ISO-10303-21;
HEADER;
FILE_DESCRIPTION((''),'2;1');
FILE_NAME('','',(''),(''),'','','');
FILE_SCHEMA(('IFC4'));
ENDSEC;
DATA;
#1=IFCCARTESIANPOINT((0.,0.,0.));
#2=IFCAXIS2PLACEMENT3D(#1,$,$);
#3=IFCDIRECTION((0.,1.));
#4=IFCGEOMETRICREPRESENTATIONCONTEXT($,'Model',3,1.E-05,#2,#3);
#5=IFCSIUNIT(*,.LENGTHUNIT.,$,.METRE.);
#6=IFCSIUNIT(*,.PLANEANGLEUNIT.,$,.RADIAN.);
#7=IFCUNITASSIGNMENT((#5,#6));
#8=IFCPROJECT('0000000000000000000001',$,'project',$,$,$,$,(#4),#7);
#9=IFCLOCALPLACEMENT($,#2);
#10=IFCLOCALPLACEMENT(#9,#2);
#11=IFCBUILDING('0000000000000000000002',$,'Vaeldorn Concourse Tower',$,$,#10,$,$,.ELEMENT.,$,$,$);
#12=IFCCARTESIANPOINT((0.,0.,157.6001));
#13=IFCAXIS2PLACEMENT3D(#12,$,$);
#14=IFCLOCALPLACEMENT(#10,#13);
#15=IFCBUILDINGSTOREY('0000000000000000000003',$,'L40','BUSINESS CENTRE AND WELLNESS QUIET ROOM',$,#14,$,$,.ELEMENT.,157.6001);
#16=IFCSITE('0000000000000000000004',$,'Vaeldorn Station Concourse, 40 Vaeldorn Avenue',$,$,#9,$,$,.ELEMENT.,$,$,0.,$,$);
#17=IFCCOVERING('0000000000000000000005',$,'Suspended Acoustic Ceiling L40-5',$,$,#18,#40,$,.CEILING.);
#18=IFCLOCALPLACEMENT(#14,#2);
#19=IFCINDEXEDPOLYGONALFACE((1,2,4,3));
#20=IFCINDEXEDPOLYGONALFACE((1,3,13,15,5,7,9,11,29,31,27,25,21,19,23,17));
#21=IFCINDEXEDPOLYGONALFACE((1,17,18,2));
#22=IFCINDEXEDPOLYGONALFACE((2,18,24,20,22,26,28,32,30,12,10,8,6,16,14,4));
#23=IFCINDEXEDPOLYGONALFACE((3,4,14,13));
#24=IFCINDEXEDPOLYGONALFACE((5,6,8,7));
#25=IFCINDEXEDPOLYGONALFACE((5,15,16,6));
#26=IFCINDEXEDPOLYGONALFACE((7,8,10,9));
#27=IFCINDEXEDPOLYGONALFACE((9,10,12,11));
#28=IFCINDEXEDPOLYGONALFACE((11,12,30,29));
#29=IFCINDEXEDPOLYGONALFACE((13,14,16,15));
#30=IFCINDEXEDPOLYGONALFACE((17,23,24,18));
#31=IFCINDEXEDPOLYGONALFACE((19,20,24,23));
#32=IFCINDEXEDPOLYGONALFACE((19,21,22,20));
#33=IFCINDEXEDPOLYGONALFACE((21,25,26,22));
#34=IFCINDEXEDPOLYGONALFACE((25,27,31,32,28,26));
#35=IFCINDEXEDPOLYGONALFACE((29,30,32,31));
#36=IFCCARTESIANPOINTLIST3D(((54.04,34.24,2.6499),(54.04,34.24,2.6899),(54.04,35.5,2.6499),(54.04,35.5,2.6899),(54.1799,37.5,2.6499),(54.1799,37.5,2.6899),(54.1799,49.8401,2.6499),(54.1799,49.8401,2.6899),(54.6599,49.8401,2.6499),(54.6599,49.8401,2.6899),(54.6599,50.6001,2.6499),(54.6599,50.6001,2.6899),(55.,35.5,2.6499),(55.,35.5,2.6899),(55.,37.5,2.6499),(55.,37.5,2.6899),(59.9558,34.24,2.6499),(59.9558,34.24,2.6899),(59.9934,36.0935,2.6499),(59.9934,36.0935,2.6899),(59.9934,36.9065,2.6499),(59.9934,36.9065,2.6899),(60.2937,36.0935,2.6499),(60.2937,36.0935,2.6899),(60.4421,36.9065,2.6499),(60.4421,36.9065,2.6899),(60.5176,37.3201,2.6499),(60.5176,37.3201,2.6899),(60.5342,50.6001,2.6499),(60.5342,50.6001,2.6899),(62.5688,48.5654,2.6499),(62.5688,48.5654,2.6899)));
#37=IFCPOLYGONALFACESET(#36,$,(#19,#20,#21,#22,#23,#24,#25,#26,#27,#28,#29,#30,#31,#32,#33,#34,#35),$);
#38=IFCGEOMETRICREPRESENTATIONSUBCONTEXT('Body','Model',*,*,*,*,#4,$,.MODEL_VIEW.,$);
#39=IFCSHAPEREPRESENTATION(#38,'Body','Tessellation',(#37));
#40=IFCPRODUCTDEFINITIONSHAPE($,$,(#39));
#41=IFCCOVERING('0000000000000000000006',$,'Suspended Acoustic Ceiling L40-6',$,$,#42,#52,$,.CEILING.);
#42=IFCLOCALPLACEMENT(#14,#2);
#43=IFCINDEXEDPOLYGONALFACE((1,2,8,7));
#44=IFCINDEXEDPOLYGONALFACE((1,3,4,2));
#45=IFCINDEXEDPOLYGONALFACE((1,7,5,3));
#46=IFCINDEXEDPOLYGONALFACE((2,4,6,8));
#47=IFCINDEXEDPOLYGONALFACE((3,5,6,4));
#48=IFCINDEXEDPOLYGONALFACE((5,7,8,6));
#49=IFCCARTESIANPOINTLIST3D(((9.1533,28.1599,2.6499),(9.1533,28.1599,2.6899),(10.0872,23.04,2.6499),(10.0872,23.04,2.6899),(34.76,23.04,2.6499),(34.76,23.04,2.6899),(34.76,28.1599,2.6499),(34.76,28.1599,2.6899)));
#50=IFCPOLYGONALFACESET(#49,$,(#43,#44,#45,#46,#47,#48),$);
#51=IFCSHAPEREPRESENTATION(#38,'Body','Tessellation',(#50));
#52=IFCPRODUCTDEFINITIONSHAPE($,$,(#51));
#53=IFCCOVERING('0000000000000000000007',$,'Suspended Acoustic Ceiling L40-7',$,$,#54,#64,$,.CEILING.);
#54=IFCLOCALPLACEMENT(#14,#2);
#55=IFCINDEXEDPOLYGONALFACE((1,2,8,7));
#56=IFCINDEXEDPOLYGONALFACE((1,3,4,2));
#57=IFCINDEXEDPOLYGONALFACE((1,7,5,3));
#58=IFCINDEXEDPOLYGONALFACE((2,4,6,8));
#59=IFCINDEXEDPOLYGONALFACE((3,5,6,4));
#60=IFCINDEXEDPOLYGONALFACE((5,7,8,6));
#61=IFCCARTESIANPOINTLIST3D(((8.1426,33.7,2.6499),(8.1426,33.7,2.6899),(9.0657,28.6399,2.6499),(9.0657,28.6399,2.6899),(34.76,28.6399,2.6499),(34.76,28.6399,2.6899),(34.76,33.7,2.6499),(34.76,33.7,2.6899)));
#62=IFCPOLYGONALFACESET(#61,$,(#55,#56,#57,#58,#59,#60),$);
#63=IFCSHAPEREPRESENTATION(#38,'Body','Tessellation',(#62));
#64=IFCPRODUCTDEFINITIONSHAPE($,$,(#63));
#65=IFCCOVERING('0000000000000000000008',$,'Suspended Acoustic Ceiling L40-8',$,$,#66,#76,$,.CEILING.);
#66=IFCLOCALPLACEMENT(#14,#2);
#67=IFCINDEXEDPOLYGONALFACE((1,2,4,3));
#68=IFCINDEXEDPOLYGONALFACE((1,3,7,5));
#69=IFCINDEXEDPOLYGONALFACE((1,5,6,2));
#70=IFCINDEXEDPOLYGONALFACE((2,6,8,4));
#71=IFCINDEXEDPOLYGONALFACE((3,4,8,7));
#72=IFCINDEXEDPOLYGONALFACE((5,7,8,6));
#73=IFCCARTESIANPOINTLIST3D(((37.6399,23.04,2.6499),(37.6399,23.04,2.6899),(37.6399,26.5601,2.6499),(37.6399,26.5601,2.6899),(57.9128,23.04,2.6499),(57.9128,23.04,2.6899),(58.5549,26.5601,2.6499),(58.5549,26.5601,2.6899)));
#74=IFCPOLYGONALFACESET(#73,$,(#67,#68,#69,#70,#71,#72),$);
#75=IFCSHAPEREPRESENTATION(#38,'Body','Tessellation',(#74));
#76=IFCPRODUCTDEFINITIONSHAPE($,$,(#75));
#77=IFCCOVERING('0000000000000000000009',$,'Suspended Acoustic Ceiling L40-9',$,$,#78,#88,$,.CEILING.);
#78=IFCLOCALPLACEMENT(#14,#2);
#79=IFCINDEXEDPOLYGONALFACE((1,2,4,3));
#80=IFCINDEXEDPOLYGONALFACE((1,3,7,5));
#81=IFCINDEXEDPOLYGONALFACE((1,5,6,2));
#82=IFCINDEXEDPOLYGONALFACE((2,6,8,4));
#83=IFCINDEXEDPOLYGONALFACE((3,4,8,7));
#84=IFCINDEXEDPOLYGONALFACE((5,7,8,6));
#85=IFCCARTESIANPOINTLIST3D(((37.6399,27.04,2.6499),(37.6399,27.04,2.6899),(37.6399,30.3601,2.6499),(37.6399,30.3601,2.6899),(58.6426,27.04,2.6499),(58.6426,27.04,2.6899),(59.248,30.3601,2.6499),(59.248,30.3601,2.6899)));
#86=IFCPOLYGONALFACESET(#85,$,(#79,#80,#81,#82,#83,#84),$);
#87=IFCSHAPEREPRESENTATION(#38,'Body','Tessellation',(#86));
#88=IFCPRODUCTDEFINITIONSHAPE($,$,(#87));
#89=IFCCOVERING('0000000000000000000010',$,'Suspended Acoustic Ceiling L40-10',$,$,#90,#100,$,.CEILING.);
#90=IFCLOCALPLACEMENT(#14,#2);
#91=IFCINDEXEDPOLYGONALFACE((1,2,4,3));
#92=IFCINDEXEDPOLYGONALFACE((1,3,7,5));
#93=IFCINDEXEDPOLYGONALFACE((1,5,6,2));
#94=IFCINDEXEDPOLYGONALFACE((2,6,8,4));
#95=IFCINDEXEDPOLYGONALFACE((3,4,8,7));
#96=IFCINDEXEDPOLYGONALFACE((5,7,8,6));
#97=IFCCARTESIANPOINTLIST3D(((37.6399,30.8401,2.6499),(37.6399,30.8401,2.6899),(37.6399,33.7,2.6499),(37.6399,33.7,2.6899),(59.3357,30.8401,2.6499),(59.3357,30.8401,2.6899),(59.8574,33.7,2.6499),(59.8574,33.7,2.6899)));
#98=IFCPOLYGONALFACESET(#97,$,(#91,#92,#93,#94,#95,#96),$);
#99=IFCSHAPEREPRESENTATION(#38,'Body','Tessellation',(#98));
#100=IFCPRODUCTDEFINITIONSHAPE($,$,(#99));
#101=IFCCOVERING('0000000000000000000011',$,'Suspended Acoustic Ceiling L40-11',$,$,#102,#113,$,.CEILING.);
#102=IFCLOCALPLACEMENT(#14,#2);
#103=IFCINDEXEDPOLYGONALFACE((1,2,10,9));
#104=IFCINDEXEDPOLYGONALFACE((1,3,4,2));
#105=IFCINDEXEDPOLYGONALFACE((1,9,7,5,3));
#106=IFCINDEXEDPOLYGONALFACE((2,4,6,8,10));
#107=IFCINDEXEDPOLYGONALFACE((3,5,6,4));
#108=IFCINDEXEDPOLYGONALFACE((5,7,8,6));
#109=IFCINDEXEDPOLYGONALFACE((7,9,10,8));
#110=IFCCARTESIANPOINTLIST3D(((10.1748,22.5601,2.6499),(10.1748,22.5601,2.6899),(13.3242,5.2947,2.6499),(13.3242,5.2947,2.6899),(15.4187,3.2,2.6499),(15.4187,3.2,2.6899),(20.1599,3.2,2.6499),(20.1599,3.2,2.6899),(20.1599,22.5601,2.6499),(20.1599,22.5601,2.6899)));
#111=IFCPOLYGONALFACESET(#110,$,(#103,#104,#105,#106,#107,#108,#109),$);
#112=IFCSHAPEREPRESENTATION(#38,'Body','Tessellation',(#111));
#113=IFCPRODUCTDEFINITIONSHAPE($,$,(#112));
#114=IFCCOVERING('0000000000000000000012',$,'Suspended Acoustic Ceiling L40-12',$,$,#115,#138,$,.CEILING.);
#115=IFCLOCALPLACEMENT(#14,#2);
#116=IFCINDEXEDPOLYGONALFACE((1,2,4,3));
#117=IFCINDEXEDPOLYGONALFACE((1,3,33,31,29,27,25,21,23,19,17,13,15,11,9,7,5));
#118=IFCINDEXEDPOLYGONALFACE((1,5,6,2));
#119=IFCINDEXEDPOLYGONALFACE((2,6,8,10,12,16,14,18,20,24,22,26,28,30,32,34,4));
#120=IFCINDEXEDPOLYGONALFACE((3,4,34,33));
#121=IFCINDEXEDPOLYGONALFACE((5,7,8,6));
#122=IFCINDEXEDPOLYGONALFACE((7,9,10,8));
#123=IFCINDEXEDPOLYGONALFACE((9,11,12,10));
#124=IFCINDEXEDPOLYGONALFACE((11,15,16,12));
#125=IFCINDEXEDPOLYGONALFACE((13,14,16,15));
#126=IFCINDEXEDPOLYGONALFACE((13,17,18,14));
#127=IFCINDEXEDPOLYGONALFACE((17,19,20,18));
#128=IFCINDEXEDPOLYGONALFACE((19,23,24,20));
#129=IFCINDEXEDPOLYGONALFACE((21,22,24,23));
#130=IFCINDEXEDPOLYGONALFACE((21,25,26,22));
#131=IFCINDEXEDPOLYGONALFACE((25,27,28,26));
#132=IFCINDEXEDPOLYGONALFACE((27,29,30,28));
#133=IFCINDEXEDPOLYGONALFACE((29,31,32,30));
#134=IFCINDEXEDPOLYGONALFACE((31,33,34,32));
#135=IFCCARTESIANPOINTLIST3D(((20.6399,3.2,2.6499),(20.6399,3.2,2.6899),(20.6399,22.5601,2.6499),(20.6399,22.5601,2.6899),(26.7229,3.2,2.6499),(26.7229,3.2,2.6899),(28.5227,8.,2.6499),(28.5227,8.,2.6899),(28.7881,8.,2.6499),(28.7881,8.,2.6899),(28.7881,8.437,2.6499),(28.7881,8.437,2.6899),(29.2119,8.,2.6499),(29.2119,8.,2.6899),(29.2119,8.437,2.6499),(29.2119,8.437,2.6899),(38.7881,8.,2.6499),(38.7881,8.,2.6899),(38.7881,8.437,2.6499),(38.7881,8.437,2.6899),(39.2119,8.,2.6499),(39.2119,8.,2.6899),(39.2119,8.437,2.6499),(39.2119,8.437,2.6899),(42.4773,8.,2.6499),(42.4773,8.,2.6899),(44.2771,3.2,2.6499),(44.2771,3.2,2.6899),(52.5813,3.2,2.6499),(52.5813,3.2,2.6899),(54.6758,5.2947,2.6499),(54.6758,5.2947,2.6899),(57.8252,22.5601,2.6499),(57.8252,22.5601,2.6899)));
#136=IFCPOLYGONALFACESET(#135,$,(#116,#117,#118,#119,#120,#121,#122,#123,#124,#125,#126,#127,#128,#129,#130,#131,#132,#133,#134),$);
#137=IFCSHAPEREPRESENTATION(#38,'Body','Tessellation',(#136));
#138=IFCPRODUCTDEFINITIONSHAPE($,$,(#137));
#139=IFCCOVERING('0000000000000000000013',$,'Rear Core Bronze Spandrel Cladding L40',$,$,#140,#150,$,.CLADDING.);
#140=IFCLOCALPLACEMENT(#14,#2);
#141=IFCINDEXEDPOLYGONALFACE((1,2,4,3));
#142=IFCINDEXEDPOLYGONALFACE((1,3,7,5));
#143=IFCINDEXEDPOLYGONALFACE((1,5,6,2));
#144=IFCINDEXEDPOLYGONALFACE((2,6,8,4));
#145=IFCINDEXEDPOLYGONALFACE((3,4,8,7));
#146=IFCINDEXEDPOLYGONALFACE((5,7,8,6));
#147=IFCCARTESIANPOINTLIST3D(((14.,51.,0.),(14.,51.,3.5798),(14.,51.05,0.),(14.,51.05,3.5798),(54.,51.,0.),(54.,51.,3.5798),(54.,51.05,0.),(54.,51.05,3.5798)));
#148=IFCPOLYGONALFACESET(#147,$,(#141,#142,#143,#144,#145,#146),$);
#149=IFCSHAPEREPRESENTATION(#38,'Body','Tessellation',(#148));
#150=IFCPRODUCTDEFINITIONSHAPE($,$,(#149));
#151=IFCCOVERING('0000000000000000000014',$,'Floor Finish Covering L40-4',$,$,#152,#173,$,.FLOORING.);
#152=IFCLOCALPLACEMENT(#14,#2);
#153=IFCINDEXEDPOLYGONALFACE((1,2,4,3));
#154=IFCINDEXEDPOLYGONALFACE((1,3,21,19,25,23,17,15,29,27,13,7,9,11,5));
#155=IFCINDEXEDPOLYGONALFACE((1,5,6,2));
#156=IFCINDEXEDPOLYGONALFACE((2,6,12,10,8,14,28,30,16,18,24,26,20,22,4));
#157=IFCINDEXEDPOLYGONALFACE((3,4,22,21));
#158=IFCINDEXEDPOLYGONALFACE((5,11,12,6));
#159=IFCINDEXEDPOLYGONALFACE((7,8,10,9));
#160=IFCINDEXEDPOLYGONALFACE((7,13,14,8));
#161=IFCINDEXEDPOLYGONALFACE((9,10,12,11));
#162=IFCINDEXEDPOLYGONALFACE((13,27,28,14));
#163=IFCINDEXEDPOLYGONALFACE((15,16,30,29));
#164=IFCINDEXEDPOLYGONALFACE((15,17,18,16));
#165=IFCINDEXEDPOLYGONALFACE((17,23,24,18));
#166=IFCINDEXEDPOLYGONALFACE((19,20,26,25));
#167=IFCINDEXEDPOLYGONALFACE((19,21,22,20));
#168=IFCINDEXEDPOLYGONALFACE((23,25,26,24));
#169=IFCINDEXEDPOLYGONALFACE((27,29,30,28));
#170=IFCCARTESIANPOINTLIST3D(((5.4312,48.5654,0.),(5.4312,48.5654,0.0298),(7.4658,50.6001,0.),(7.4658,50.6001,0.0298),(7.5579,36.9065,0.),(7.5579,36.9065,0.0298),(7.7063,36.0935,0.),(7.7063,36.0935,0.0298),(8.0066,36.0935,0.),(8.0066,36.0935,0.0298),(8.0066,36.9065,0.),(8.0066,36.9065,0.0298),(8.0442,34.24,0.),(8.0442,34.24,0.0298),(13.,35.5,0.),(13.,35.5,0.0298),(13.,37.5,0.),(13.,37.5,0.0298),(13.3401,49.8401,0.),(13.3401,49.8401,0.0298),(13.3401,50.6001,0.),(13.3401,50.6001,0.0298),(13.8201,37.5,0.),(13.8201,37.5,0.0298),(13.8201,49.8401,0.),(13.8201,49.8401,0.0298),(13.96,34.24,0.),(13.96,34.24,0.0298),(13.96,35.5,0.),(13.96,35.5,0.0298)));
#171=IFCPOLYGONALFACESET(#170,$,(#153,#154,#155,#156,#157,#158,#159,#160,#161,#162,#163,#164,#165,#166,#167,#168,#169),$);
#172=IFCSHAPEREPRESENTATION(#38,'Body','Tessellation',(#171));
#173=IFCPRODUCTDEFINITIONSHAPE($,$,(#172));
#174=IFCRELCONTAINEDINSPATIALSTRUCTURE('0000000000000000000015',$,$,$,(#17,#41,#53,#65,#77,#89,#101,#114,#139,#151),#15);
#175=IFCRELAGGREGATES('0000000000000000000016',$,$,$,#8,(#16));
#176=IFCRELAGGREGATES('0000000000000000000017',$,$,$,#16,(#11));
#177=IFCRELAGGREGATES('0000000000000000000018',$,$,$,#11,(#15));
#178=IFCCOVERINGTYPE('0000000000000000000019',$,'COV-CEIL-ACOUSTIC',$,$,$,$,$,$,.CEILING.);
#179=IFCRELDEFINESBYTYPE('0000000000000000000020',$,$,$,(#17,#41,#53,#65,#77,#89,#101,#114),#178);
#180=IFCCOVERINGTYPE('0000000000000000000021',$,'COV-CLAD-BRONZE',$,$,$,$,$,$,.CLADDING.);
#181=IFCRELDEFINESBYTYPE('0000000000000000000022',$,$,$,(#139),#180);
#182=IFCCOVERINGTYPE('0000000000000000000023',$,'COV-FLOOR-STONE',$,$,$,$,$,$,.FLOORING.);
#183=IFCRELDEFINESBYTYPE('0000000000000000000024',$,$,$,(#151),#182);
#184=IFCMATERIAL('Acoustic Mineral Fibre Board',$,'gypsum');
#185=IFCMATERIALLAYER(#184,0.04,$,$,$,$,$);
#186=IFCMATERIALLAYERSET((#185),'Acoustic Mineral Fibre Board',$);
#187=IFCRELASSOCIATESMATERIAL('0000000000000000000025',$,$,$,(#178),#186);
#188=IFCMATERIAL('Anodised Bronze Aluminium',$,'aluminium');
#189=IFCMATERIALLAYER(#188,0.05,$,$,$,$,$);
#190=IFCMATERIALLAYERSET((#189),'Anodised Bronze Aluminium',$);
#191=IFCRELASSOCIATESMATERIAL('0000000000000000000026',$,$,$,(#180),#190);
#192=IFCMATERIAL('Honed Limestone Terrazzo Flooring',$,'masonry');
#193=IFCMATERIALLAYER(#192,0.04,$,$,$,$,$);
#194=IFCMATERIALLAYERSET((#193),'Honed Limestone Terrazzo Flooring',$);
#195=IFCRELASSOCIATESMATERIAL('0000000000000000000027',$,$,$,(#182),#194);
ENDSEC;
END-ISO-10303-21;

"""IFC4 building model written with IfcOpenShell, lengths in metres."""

from ifc_helpers import new_model, si_unit, direction, frame, origin, place, context, subcontext, project, spatial, polyline, outline, extrude, material, layer, layer_set, type_object, element, save


model = new_model("IFC4")

# Units and contexts
model_context = context("Model", 3, precision=1e-05, world=origin(), true_north=direction((0.0, 1.0)))
body_context = subcontext(model_context, "Body", "Model", "MODEL_VIEW")
ifc_project = project(units=[si_unit("LENGTHUNIT", "METRE"), si_unit("PLANEANGLEUNIT", "RADIAN")], contexts=[model_context])

# Site, building, storey
site_placement = place(None, origin())
site = spatial("IfcSite", under=ifc_project, at=site_placement, Name="Vaeldorn Station Concourse, 40 Vaeldorn Avenue", CompositionType="ELEMENT", RefElevation=0.0)
building_placement = place(site_placement, origin())
building = spatial("IfcBuilding", under=site, at=building_placement, Name="Vaeldorn Concourse Tower", CompositionType="ELEMENT")
storey_placement = place(building_placement, frame((0.0, 0.0, 157.6001)))
storey = spatial("IfcBuildingStorey", under=building, at=storey_placement, Name="L40", Description="BUSINESS CENTRE AND WELLNESS QUIET ROOM", CompositionType="ELEMENT", Elevation=157.6001)

# Shared definitions
ifc_material_1 = material(Name="Anodised Bronze Aluminium", Category="aluminium")

# Coverings
ifc_material_2 = material(Name="Acoustic Mineral Fibre Board", Category="gypsum")
ifc_layer_1 = layer(ifc_material_2, 0.04)
ifc_layer_set_1 = layer_set([ifc_layer_1], Name="Acoustic Mineral Fibre Board")
covering_type_1 = type_object("IfcCoveringType", Name="COV-CEIL-ACOUSTIC", PredefinedType="CEILING", material=ifc_layer_set_1)
covering_1_placement = place(storey_placement, frame((0.0, 0.0, 2.6499)))
element("IfcCovering", 1, at=covering_1_placement, inside=storey, type_object=covering_type_1, Name="Suspended Acoustic Ceiling L40-5", PredefinedType="CEILING", context=body_context, shape_type="SweptSolid", body=[
    extrude(outline(polyline([(54.1799, 49.8401), (54.6599, 49.8401), (54.6599, 50.6001), (60.5342, 50.6001), (62.5688, 48.5654), (60.5176, 37.3201), (60.5176, 37.3201), (60.4421, 36.9065), (59.9934, 36.9065), (59.9934, 36.0935), (60.2937, 36.0935), (59.9558, 34.24), (54.04, 34.24), (54.04, 35.5), (55.0, 35.5), (55.0, 37.5), (54.1799, 37.5), (54.1799, 49.8401)])), origin(), (0.0, 0.0, 1.0), 0.04),
])
covering_2_placement = place(storey_placement, frame((0.0, 0.0, 2.6499)))
element("IfcCovering", 2, at=covering_2_placement, inside=storey, type_object=covering_type_1, Name="Suspended Acoustic Ceiling L40-6", PredefinedType="CEILING", context=body_context, shape_type="SweptSolid", body=[
    extrude(outline(polyline([(34.76, 28.1599), (34.76, 23.04), (10.0872, 23.04), (9.1533, 28.1599), (34.76, 28.1599)])), origin(), (0.0, 0.0, 1.0), 0.04),
])
covering_3_placement = place(storey_placement, frame((0.0, 0.0, 2.6499)))
element("IfcCovering", 3, at=covering_3_placement, inside=storey, type_object=covering_type_1, Name="Suspended Acoustic Ceiling L40-7", PredefinedType="CEILING", context=body_context, shape_type="SweptSolid", body=[
    extrude(outline(polyline([(34.76, 33.7), (34.76, 28.6399), (9.0657, 28.6399), (8.1426, 33.7), (34.76, 33.7)])), origin(), (0.0, 0.0, 1.0), 0.04),
])
covering_4_placement = place(storey_placement, frame((0.0, 0.0, 2.6499)))
element("IfcCovering", 4, at=covering_4_placement, inside=storey, type_object=covering_type_1, Name="Suspended Acoustic Ceiling L40-8", PredefinedType="CEILING", context=body_context, shape_type="SweptSolid", body=[
    extrude(outline(polyline([(37.6399, 23.04), (37.6399, 26.5601), (58.5549, 26.5601), (57.9128, 23.04), (37.6399, 23.04)])), origin(), (0.0, 0.0, 1.0), 0.04),
])
covering_5_placement = place(storey_placement, frame((0.0, 0.0, 2.6499)))
element("IfcCovering", 5, at=covering_5_placement, inside=storey, type_object=covering_type_1, Name="Suspended Acoustic Ceiling L40-9", PredefinedType="CEILING", context=body_context, shape_type="SweptSolid", body=[
    extrude(outline(polyline([(37.6399, 30.3601), (59.248, 30.3601), (58.6426, 27.04), (37.6399, 27.04), (37.6399, 30.3601)])), origin(), (0.0, 0.0, 1.0), 0.04),
])
covering_6_placement = place(storey_placement, frame((0.0, 0.0, 2.6499)))
element("IfcCovering", 6, at=covering_6_placement, inside=storey, type_object=covering_type_1, Name="Suspended Acoustic Ceiling L40-10", PredefinedType="CEILING", context=body_context, shape_type="SweptSolid", body=[
    extrude(outline(polyline([(37.6399, 30.8401), (37.6399, 33.7), (59.8574, 33.7), (59.3357, 30.8401), (37.6399, 30.8401)])), origin(), (0.0, 0.0, 1.0), 0.04),
])
covering_7_placement = place(storey_placement, frame((0.0, 0.0, 2.6499)))
element("IfcCovering", 7, at=covering_7_placement, inside=storey, type_object=covering_type_1, Name="Suspended Acoustic Ceiling L40-11", PredefinedType="CEILING", context=body_context, shape_type="SweptSolid", body=[
    extrude(outline(polyline([(20.1599, 22.5601), (20.1599, 3.2), (15.4187, 3.2), (13.3242, 5.2947), (10.1748, 22.5601), (20.1599, 22.5601)])), origin(), (0.0, 0.0, 1.0), 0.04),
])
covering_8_placement = place(storey_placement, frame((0.0, 0.0, 2.6499)))
element("IfcCovering", 8, at=covering_8_placement, inside=storey, type_object=covering_type_1, Name="Suspended Acoustic Ceiling L40-12", PredefinedType="CEILING", context=body_context, shape_type="SweptSolid", body=[
    extrude(outline(polyline([(26.7229, 3.2), (20.6399, 3.2), (20.6399, 22.5601), (57.8252, 22.5601), (54.6758, 5.2947), (52.5813, 3.2), (44.2771, 3.2), (42.4773, 8.0), (39.2119, 8.0), (39.2119, 8.437), (38.7881, 8.437), (38.7881, 8.0), (29.2119, 8.0), (29.2119, 8.437), (28.7881, 8.437), (28.7881, 8.0), (28.5227, 8.0), (26.7229, 3.2)])), origin(), (0.0, 0.0, 1.0), 0.04),
])
ifc_layer_2 = layer(ifc_material_1, 0.05)
ifc_layer_set_2 = layer_set([ifc_layer_2], Name="Anodised Bronze Aluminium")
covering_type_2 = type_object("IfcCoveringType", Name="COV-CLAD-BRONZE", PredefinedType="CLADDING", material=ifc_layer_set_2)
covering_9_placement = place(storey_placement, origin())
element("IfcCovering", 9, at=covering_9_placement, inside=storey, type_object=covering_type_2, Name="Rear Core Bronze Spandrel Cladding L40", PredefinedType="CLADDING", context=body_context, shape_type="SweptSolid", body=[
    extrude(outline(polyline([(14.0, 51.0), (54.0, 51.0), (54.0, 51.05), (14.0, 51.05), (14.0, 51.0)])), origin(), (0.0, 0.0, 1.0), 3.5798),
])
ifc_material_3 = material(Name="Honed Limestone Terrazzo Flooring", Category="masonry")
ifc_layer_3 = layer(ifc_material_3, 0.04)
ifc_layer_set_3 = layer_set([ifc_layer_3], Name="Honed Limestone Terrazzo Flooring")
covering_type_3 = type_object("IfcCoveringType", Name="COV-FLOOR-STONE", PredefinedType="FLOORING", material=ifc_layer_set_3)
covering_10_placement = place(storey_placement, origin())
element("IfcCovering", 10, at=covering_10_placement, inside=storey, type_object=covering_type_3, Name="Floor Finish Covering L40-4", PredefinedType="FLOORING", context=body_context, shape_type="SweptSolid", body=[
    extrude(outline(polyline([(7.4658, 50.6001), (13.3401, 50.6001), (13.3401, 49.8401), (13.8201, 49.8401), (13.8201, 37.5), (13.0, 37.5), (13.0, 35.5), (13.96, 35.5), (13.96, 34.24), (8.0442, 34.24), (7.7063, 36.0935), (8.0066, 36.0935), (8.0066, 36.9065), (7.5579, 36.9065), (5.4312, 48.5654), (7.4658, 50.6001)])), origin(), (0.0, 0.0, 1.0), 0.0298),
])

save(model, "model.ifc")
